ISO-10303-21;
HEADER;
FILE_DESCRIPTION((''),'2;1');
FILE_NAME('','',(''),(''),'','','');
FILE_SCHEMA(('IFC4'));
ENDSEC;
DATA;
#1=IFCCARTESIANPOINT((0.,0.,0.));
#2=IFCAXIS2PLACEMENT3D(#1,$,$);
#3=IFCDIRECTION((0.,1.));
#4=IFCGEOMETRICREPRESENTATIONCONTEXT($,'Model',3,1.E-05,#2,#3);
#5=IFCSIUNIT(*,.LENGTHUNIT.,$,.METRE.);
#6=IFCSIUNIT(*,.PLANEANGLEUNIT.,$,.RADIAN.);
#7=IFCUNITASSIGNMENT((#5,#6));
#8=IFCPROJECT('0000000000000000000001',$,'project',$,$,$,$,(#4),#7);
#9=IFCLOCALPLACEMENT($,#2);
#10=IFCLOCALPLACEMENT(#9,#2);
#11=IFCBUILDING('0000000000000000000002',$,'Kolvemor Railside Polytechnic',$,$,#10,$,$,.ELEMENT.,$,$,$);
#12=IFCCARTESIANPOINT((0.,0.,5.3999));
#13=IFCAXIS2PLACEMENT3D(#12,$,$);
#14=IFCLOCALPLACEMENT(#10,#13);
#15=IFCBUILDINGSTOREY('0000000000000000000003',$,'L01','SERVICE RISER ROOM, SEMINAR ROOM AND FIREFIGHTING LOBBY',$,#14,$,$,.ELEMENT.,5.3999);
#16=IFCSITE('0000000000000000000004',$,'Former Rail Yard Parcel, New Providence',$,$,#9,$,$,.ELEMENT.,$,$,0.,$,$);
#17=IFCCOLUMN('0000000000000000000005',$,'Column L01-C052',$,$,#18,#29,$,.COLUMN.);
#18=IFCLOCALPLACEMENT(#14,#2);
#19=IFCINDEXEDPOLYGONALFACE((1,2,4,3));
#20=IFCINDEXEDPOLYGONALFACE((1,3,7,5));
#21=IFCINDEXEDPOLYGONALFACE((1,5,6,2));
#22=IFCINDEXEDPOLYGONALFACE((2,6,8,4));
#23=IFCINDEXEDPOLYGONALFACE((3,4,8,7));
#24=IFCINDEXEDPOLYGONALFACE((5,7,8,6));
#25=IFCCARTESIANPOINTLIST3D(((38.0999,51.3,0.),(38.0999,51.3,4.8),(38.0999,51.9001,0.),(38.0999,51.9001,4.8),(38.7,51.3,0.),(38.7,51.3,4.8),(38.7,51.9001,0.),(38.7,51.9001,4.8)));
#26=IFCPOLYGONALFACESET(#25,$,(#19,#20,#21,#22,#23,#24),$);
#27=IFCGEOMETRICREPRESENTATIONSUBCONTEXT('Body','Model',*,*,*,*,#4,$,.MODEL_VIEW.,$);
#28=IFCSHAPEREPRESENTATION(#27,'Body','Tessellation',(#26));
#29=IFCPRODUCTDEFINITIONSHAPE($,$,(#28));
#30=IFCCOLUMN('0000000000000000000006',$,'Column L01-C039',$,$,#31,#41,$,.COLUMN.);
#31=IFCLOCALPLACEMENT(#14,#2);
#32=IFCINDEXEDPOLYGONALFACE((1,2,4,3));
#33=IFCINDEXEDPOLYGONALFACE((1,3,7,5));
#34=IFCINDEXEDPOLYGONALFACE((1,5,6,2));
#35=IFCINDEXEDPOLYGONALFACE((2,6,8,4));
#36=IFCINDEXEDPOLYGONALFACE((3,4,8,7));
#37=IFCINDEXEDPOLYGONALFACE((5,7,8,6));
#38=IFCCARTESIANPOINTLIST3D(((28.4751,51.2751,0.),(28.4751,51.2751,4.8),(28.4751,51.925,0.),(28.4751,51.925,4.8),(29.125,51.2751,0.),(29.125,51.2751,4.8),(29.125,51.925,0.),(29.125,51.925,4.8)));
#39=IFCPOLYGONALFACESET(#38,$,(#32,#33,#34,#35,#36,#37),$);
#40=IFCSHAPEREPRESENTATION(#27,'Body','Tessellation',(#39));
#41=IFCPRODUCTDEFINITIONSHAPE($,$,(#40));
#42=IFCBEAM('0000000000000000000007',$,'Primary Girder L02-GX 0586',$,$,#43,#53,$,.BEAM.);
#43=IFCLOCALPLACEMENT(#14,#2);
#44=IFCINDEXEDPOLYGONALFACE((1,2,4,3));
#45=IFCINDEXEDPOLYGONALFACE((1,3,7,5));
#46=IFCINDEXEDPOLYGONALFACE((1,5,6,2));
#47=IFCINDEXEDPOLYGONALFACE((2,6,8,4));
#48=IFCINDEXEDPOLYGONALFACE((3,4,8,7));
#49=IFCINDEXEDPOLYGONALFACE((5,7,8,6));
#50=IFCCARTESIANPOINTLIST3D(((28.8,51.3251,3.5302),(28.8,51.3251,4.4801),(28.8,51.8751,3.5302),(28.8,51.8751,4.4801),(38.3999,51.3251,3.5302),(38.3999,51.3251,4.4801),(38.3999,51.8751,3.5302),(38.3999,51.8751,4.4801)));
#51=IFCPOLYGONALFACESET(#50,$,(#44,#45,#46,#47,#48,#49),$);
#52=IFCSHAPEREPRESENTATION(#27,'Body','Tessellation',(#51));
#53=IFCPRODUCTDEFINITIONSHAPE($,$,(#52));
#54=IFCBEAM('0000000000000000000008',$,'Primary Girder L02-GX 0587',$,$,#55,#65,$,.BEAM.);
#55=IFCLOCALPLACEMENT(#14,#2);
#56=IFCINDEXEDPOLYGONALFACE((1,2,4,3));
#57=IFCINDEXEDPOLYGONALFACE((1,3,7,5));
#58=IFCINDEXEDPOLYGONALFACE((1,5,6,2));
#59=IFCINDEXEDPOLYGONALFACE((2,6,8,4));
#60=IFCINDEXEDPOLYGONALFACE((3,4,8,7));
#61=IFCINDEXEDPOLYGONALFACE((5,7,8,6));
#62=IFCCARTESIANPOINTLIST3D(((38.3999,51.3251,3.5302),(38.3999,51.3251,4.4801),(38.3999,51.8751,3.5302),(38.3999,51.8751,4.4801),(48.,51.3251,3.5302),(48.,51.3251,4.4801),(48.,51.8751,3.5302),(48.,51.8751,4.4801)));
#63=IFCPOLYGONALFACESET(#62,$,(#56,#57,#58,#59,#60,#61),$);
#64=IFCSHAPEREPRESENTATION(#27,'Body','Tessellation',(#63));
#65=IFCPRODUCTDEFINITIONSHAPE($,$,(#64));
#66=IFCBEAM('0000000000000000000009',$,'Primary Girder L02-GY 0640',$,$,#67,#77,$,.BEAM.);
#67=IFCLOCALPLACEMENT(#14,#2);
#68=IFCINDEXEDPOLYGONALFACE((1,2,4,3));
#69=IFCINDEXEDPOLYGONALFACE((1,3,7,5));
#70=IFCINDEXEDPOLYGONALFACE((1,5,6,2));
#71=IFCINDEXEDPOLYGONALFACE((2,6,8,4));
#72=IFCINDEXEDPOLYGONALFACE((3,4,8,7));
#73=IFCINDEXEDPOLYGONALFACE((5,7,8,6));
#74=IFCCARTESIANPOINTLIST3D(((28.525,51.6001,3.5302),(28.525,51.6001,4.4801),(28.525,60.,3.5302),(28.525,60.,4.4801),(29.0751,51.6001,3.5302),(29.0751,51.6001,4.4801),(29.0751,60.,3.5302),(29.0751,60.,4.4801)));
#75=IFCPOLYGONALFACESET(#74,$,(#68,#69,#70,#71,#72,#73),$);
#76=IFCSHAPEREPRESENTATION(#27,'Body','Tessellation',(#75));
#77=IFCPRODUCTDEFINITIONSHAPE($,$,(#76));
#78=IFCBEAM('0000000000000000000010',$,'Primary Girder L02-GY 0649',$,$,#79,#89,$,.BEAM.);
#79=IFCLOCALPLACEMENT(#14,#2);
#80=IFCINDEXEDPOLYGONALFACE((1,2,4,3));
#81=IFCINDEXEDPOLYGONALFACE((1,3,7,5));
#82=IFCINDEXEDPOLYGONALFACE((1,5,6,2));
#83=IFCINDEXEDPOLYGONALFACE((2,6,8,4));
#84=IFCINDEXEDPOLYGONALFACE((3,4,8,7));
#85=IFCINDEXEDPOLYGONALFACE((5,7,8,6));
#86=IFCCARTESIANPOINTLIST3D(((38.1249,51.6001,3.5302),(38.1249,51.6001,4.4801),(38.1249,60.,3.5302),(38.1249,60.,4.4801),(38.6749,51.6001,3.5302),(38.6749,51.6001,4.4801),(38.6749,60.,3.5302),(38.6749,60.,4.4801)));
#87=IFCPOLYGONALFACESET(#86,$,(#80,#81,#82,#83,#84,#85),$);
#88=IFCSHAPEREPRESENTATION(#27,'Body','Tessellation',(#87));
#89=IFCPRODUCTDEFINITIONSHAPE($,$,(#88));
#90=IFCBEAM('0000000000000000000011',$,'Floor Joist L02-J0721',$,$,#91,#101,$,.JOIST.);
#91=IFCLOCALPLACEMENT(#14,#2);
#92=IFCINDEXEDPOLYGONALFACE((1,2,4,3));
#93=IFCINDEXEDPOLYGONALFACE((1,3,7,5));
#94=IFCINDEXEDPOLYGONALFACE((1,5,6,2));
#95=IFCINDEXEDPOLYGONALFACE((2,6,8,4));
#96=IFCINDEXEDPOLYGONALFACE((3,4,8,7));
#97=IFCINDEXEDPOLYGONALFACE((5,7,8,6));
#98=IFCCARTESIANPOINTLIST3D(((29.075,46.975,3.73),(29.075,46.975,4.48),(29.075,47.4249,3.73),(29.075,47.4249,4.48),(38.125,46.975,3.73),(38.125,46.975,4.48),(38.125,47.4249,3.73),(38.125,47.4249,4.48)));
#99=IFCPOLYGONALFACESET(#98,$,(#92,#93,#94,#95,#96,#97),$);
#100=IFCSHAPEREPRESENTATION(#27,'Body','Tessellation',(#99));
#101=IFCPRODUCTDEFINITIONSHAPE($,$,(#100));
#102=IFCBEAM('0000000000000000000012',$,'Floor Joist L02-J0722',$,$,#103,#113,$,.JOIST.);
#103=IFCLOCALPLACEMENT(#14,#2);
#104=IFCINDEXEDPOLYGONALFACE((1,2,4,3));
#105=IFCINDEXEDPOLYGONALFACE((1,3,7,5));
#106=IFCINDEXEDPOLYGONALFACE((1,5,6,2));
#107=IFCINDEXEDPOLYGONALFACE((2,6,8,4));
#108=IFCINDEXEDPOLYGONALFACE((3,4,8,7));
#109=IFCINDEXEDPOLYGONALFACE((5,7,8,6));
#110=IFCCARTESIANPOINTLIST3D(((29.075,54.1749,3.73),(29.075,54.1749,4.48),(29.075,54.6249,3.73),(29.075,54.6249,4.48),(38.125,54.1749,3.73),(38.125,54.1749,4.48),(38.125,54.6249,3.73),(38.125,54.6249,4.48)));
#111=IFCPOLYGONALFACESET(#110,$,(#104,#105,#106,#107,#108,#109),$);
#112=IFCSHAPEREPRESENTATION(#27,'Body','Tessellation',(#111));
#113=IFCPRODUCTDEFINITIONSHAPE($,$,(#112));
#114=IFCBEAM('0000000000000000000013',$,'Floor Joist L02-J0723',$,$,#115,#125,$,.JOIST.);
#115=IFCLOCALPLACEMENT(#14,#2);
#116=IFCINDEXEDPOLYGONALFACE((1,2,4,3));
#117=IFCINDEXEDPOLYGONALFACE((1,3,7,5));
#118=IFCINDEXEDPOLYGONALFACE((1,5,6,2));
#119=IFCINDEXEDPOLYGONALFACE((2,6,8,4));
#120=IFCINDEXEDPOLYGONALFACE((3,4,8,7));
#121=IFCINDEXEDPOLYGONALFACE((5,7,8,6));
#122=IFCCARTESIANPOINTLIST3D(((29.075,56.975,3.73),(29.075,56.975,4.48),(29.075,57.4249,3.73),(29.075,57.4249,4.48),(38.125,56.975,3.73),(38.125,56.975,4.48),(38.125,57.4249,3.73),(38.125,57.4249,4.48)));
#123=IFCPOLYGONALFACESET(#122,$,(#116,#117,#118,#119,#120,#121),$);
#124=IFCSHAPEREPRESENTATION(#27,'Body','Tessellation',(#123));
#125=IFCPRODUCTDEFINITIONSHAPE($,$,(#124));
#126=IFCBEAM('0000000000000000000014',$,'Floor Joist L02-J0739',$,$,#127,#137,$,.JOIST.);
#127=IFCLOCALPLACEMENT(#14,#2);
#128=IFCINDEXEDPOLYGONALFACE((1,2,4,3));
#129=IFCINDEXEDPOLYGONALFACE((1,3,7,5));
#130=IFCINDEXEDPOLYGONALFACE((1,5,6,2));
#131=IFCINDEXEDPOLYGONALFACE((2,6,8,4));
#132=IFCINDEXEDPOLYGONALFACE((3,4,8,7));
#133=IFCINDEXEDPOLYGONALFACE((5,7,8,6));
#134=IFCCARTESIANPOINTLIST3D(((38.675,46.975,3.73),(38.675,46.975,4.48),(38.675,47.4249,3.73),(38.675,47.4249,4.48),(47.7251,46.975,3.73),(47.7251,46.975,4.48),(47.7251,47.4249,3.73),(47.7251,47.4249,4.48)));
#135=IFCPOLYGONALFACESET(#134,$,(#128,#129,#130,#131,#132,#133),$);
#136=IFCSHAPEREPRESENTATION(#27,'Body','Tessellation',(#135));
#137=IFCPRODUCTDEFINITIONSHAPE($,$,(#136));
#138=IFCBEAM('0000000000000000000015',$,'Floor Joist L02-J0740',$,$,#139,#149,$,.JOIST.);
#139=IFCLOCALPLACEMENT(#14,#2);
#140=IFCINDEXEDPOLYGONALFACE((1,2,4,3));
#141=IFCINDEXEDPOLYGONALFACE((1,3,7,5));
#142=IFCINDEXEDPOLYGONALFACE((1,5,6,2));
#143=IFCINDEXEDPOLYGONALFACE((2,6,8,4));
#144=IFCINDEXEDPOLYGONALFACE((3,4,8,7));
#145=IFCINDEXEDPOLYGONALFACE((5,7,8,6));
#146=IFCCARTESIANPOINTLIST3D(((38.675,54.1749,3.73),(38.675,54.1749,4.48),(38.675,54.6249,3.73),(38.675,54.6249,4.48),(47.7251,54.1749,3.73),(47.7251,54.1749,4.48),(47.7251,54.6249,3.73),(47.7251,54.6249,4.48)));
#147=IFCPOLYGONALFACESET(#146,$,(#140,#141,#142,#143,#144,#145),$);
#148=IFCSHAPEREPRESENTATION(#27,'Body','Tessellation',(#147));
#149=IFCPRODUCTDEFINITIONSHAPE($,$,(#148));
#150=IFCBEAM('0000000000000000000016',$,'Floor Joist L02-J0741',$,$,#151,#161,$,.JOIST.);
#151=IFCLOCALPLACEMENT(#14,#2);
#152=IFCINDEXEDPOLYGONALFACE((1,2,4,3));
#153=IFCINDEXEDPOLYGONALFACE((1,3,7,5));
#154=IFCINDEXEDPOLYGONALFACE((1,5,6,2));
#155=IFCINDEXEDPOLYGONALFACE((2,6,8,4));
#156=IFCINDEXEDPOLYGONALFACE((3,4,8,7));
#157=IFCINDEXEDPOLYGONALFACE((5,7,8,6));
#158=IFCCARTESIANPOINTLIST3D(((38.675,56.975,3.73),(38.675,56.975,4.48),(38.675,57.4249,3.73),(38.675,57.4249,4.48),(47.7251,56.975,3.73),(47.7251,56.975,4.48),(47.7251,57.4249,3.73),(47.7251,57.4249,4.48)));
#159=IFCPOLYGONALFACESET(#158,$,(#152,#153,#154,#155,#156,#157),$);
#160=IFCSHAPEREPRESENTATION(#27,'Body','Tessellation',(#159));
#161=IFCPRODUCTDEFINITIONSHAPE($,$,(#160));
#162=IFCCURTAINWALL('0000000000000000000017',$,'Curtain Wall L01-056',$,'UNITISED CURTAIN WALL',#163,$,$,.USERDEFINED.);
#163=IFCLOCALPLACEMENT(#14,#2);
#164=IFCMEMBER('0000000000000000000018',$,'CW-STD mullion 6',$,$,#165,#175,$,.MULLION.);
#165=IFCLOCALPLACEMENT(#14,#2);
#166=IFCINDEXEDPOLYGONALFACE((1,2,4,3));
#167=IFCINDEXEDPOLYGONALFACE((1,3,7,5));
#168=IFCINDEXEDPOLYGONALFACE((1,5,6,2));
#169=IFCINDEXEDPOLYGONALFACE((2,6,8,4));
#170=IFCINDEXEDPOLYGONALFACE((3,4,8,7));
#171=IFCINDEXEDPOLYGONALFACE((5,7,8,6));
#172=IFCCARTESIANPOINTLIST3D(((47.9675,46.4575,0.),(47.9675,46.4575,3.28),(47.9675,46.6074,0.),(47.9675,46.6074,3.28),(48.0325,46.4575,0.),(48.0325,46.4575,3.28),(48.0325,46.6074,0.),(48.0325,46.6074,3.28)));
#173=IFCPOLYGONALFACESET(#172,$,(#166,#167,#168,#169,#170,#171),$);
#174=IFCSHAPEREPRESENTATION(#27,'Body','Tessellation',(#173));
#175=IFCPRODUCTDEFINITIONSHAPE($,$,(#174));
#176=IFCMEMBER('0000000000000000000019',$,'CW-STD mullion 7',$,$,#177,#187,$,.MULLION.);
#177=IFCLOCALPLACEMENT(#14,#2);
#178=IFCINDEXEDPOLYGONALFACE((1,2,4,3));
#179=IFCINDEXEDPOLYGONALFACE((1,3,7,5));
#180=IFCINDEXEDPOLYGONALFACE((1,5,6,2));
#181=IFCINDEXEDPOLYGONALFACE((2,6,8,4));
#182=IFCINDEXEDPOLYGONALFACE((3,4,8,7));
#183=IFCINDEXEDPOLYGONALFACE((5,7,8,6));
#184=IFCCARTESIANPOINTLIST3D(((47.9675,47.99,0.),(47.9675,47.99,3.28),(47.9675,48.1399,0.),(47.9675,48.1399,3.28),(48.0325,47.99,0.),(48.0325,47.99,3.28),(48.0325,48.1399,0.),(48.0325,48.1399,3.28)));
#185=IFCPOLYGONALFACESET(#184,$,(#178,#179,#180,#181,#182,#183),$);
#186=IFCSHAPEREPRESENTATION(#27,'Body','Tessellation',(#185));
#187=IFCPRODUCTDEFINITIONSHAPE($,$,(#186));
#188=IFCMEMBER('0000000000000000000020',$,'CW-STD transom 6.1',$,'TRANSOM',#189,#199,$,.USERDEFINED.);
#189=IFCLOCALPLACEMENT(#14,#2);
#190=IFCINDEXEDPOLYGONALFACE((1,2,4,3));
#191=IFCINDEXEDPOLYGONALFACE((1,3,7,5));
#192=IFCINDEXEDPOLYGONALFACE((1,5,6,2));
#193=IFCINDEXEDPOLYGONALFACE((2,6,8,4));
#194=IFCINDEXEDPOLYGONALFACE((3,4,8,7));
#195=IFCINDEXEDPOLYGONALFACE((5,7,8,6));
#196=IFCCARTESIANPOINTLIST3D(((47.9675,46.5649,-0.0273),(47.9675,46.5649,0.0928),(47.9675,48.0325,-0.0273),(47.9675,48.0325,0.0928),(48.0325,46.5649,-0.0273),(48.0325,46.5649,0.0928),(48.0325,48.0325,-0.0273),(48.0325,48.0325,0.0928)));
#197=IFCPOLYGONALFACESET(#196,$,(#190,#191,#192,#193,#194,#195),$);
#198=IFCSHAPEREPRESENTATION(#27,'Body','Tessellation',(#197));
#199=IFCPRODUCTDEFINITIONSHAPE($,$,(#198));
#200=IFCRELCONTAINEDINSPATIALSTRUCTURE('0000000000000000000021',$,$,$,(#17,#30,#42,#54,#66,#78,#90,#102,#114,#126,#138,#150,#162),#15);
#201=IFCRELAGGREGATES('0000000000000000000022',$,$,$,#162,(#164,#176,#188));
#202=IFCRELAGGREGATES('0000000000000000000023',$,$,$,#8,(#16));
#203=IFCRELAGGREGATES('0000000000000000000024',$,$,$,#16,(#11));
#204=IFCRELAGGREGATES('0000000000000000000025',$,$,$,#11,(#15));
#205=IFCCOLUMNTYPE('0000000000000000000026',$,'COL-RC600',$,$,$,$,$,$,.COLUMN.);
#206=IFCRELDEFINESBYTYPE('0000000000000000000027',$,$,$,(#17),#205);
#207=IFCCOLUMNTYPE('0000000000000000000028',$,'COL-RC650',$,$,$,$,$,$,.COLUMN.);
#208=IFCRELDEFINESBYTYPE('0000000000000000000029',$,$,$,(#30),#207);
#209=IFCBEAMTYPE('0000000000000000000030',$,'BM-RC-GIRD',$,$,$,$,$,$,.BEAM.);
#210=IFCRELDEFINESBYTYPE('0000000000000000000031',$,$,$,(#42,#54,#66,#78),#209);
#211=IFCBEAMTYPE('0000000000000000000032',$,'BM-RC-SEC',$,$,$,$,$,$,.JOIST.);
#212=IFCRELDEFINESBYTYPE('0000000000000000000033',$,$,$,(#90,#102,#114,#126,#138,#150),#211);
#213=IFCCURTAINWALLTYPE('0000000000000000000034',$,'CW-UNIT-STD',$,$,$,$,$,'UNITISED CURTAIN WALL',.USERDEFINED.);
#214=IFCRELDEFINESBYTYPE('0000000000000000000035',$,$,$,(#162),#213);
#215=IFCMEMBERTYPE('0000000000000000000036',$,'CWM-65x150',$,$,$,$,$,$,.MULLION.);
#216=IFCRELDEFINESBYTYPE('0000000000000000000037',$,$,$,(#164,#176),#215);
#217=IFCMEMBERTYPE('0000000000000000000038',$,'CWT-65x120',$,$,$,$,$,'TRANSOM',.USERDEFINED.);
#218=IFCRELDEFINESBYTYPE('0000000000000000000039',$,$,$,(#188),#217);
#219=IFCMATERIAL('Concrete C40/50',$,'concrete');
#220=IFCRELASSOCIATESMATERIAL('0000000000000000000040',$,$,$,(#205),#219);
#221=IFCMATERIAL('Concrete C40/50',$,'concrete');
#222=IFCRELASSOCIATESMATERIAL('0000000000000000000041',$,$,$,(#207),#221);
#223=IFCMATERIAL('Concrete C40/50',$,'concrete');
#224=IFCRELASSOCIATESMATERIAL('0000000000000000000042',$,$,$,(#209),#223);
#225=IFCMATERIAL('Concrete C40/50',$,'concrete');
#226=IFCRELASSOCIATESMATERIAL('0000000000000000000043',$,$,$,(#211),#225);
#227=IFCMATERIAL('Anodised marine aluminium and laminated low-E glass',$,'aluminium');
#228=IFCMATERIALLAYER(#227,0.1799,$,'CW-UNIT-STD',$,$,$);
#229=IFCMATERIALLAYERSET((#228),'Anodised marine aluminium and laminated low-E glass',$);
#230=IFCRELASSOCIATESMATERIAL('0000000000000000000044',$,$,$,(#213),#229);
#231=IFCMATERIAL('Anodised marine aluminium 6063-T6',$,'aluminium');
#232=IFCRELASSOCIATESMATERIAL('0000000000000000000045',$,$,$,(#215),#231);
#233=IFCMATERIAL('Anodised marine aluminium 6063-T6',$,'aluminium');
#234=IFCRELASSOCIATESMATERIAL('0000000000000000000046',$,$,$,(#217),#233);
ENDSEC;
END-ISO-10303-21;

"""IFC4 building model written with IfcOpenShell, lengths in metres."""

from ifc_helpers import new_model, si_unit, direction, frame, origin, origin_2d, place, context, subcontext, project, spatial, rectangle, extrude, material, layer, layer_set, material_profile, profile_set, type_object, element, aggregate, save


model = new_model("IFC4")

# Units and contexts
model_context = context("Model", 3, precision=1e-05, world=origin(), true_north=direction((0.0, 1.0)))
body_context = subcontext(model_context, "Body", "Model", "MODEL_VIEW")
ifc_project = project(units=[si_unit("LENGTHUNIT", "METRE"), si_unit("PLANEANGLEUNIT", "RADIAN")], contexts=[model_context])

# Site, building, storey
site_placement = place(None, origin())
site = spatial("IfcSite", under=ifc_project, at=site_placement, Name="Former Rail Yard Parcel, New Providence", CompositionType="ELEMENT", RefElevation=0.0)
building_placement = place(site_placement, origin())
building = spatial("IfcBuilding", under=site, at=building_placement, Name="Kolvemor Railside Polytechnic", CompositionType="ELEMENT")
storey_placement = place(building_placement, frame((0.0, 0.0, 5.3999)))
storey = spatial("IfcBuildingStorey", under=building, at=storey_placement, Name="L01", Description="SERVICE RISER ROOM, SEMINAR ROOM AND FIREFIGHTING LOBBY", CompositionType="ELEMENT", Elevation=5.3999)

# Columns
ifc_material_1 = material(Name="Concrete C40/50", Category="concrete")
ifc_material_profile_1 = material_profile(ifc_material_1, rectangle(XDim=0.6001, YDim=0.6001, at=origin_2d()), Name="RC600x600")
ifc_profile_set_1 = profile_set([ifc_material_profile_1], Name="Concrete C40/50")
column_type_1 = type_object("IfcColumnType", Name="COL-RC600", PredefinedType="COLUMN", material=ifc_profile_set_1)
column_1_placement = place(storey_placement, frame((38.3999, 51.6001, 0.0), z_axis=(0.0, 0.0, 1.0), x_axis=(1.0, 0.0, 0.0)))
element("IfcColumn", 1, at=column_1_placement, inside=storey, type_object=column_type_1, Name="Column L01-C052", PredefinedType="COLUMN", context=body_context, shape_type="SweptSolid", body=[
    extrude(rectangle(XDim=0.6001, YDim=0.6001, at=origin_2d()), origin(), (0.0, 0.0, 1.0), 4.8),
])
ifc_material_2 = material(Name="Concrete C40/50", Category="concrete")
ifc_material_profile_2 = material_profile(ifc_material_2, rectangle(XDim=0.6499, YDim=0.6499, at=origin_2d()), Name="RC650x650")
ifc_profile_set_2 = profile_set([ifc_material_profile_2], Name="Concrete C40/50")
column_type_2 = type_object("IfcColumnType", Name="COL-RC650", PredefinedType="COLUMN", material=ifc_profile_set_2)
column_2_placement = place(storey_placement, frame((28.8, 51.6001, 0.0), z_axis=(0.0, 0.0, 1.0), x_axis=(1.0, 0.0, 0.0)))
element("IfcColumn", 2, at=column_2_placement, inside=storey, type_object=column_type_2, Name="Column L01-C039", PredefinedType="COLUMN", context=body_context, shape_type="SweptSolid", body=[
    extrude(rectangle(XDim=0.6499, YDim=0.6499, at=origin_2d()), origin(), (0.0, 0.0, 1.0), 4.8),
])

# Beams
ifc_material_3 = material(Name="Concrete C40/50", Category="concrete")
ifc_material_profile_3 = material_profile(ifc_material_3, rectangle(XDim=0.55, YDim=0.95, at=origin_2d()), Name="RC550x950")
ifc_profile_set_3 = profile_set([ifc_material_profile_3], Name="Concrete C40/50")
beam_type_1 = type_object("IfcBeamType", Name="BM-RC-GIRD", PredefinedType="BEAM", material=ifc_profile_set_3)
beam_1_placement = place(storey_placement, frame((28.8, 51.6001, 4.0051), z_axis=(1.0, 0.0, 0.0), x_axis=(0.0, 1.0, 0.0)))
element("IfcBeam", 3, at=beam_1_placement, inside=storey, type_object=beam_type_1, Name="Primary Girder L02-GX 0586", PredefinedType="BEAM", context=body_context, shape_type="SweptSolid", body=[
    extrude(rectangle(XDim=0.55, YDim=0.95, at=origin_2d()), origin(), (0.0, 0.0, 1.0), 9.5999),
])
beam_2_placement = place(storey_placement, frame((38.3999, 51.6001, 4.0051), z_axis=(1.0, 0.0, 0.0), x_axis=(0.0, 1.0, 0.0)))
element("IfcBeam", 4, at=beam_2_placement, inside=storey, type_object=beam_type_1, Name="Primary Girder L02-GX 0587", PredefinedType="BEAM", context=body_context, shape_type="SweptSolid", body=[
    extrude(rectangle(XDim=0.55, YDim=0.95, at=origin_2d()), origin(), (0.0, 0.0, 1.0), 9.6001),
])
for number, where, z_axis, x_axis, name in (
    (5, (28.8, 51.6001, 4.0051), (0.0, 1.0, 0.0), (-1.0, 0.0, 0.0), "Primary Girder L02-GY 0640"),
    (6, (38.3999, 51.6001, 4.0051), (0.0, 1.0, 0.0), (-1.0, 0.0, 0.0), "Primary Girder L02-GY 0649"),
):
    element("IfcBeam", number, at=place(storey_placement, frame(where, z_axis=z_axis, x_axis=x_axis)), inside=storey, type_object=beam_type_1, Name=name, PredefinedType="BEAM", context=body_context, shape_type="SweptSolid", body=[
        extrude(rectangle(XDim=0.55, YDim=0.95, at=origin_2d()), origin(), (0.0, 0.0, 1.0), 8.3999),
    ])
ifc_material_4 = material(Name="Concrete C40/50", Category="concrete")
ifc_material_profile_4 = material_profile(ifc_material_4, rectangle(XDim=0.45, YDim=0.75, at=origin_2d()), Name="RC450x750")
ifc_profile_set_4 = profile_set([ifc_material_profile_4], Name="Concrete C40/50")
beam_type_2 = type_object("IfcBeamType", Name="BM-RC-SEC", PredefinedType="JOIST", material=ifc_profile_set_4)
for number, where, z_axis, x_axis, name in (
    (7, (29.075, 47.2, 4.105), (1.0, 0.0, 0.0), (0.0, 1.0, 0.0), "Floor Joist L02-J0721"),
    (8, (29.075, 54.3999, 4.105), (1.0, 0.0, 0.0), (0.0, 1.0, 0.0), "Floor Joist L02-J0722"),
    (9, (29.075, 57.2, 4.105), (1.0, 0.0, 0.0), (0.0, 1.0, 0.0), "Floor Joist L02-J0723"),
    (10, (38.675, 47.2, 4.105), (1.0, 0.0, 0.0), (0.0, 1.0, 0.0), "Floor Joist L02-J0739"),
    (11, (38.675, 54.3999, 4.105), (1.0, 0.0, 0.0), (0.0, 1.0, 0.0), "Floor Joist L02-J0740"),
    (12, (38.675, 57.2, 4.105), (1.0, 0.0, 0.0), (0.0, 1.0, 0.0), "Floor Joist L02-J0741"),
):
    element("IfcBeam", number, at=place(storey_placement, frame(where, z_axis=z_axis, x_axis=x_axis)), inside=storey, type_object=beam_type_2, Name=name, PredefinedType="JOIST", context=body_context, shape_type="SweptSolid", body=[
        extrude(rectangle(XDim=0.45, YDim=0.75, at=origin_2d()), origin(), (0.0, 0.0, 1.0), 9.05),
    ])

# Curtain wall, members
ifc_material_5 = material(Name="Anodised marine aluminium and laminated low-E glass", Category="aluminium")
ifc_layer_1 = layer(ifc_material_5, 0.1799, Name="CW-UNIT-STD")
ifc_layer_set_1 = layer_set([ifc_layer_1], Name="Anodised marine aluminium and laminated low-E glass")
curtain_wall_type = type_object("IfcCurtainWallType", Name="CW-UNIT-STD", ElementType="UNITISED CURTAIN WALL", PredefinedType="USERDEFINED", material=ifc_layer_set_1)
curtain_wall_placement = place(storey_placement, origin())
curtain_wall = element("IfcCurtainWall", 13, at=curtain_wall_placement, inside=storey, type_object=curtain_wall_type, Name="Curtain Wall L01-056", ObjectType="UNITISED CURTAIN WALL", PredefinedType="USERDEFINED")
ifc_material_6 = material(Name="Anodised marine aluminium 6063-T6", Category="aluminium")
ifc_material_profile_5 = material_profile(ifc_material_6, rectangle(XDim=0.0649, YDim=0.1499, at=origin_2d()), Name="CW-MUL-65x150")
ifc_profile_set_5 = profile_set([ifc_material_profile_5], Name="Anodised marine aluminium 6063-T6")
member_type_1 = type_object("IfcMemberType", Name="CWM-65x150", PredefinedType="MULLION", material=ifc_profile_set_5)
member_1_placement = place(storey_placement, frame((48.0, 46.5325, 0.0), z_axis=(0.0, 0.0, 1.0), x_axis=(-1.0, 0.0, 0.0)))
member_1 = element("IfcMember", 14, at=member_1_placement, type_object=member_type_1, Name="CW-STD mullion 6", PredefinedType="MULLION", context=body_context, shape_type="SweptSolid", body=[
    extrude(rectangle(XDim=0.0649, YDim=0.1499, at=origin_2d()), origin(), (0.0, 0.0, 1.0), 3.28),
])
member_2_placement = place(storey_placement, frame((48.0, 48.0649, 0.0), z_axis=(0.0, 0.0, 1.0), x_axis=(-1.0, 0.0, 0.0)))
member_2 = element("IfcMember", 15, at=member_2_placement, type_object=member_type_1, Name="CW-STD mullion 7", PredefinedType="MULLION", context=body_context, shape_type="SweptSolid", body=[
    extrude(rectangle(XDim=0.0649, YDim=0.1499, at=origin_2d()), origin(), (0.0, 0.0, 1.0), 3.28),
])
ifc_material_7 = material(Name="Anodised marine aluminium 6063-T6", Category="aluminium")
ifc_material_profile_6 = material_profile(ifc_material_7, rectangle(XDim=0.0649, YDim=0.1201, at=origin_2d()), Name="CW-TRN-65x120")
ifc_profile_set_6 = profile_set([ifc_material_profile_6], Name="Anodised marine aluminium 6063-T6")
member_type_2 = type_object("IfcMemberType", Name="CWT-65x120", ElementType="TRANSOM", PredefinedType="USERDEFINED", material=ifc_profile_set_6)
member_3_placement = place(storey_placement, frame((48.0, 46.5649, 0.0327), z_axis=(0.0, 1.0, 0.0), x_axis=(-1.0, 0.0, 0.0)))
member_3 = element("IfcMember", 16, at=member_3_placement, type_object=member_type_2, Name="CW-STD transom 6.1", ObjectType="TRANSOM", PredefinedType="USERDEFINED", context=body_context, shape_type="SweptSolid", body=[
    extrude(rectangle(XDim=0.0649, YDim=0.1201, at=origin_2d()), origin(), (0.0, 0.0, 1.0), 1.4675),
])
aggregate(curtain_wall, [member_1, member_2, member_3])

save(model, "model.ifc")
